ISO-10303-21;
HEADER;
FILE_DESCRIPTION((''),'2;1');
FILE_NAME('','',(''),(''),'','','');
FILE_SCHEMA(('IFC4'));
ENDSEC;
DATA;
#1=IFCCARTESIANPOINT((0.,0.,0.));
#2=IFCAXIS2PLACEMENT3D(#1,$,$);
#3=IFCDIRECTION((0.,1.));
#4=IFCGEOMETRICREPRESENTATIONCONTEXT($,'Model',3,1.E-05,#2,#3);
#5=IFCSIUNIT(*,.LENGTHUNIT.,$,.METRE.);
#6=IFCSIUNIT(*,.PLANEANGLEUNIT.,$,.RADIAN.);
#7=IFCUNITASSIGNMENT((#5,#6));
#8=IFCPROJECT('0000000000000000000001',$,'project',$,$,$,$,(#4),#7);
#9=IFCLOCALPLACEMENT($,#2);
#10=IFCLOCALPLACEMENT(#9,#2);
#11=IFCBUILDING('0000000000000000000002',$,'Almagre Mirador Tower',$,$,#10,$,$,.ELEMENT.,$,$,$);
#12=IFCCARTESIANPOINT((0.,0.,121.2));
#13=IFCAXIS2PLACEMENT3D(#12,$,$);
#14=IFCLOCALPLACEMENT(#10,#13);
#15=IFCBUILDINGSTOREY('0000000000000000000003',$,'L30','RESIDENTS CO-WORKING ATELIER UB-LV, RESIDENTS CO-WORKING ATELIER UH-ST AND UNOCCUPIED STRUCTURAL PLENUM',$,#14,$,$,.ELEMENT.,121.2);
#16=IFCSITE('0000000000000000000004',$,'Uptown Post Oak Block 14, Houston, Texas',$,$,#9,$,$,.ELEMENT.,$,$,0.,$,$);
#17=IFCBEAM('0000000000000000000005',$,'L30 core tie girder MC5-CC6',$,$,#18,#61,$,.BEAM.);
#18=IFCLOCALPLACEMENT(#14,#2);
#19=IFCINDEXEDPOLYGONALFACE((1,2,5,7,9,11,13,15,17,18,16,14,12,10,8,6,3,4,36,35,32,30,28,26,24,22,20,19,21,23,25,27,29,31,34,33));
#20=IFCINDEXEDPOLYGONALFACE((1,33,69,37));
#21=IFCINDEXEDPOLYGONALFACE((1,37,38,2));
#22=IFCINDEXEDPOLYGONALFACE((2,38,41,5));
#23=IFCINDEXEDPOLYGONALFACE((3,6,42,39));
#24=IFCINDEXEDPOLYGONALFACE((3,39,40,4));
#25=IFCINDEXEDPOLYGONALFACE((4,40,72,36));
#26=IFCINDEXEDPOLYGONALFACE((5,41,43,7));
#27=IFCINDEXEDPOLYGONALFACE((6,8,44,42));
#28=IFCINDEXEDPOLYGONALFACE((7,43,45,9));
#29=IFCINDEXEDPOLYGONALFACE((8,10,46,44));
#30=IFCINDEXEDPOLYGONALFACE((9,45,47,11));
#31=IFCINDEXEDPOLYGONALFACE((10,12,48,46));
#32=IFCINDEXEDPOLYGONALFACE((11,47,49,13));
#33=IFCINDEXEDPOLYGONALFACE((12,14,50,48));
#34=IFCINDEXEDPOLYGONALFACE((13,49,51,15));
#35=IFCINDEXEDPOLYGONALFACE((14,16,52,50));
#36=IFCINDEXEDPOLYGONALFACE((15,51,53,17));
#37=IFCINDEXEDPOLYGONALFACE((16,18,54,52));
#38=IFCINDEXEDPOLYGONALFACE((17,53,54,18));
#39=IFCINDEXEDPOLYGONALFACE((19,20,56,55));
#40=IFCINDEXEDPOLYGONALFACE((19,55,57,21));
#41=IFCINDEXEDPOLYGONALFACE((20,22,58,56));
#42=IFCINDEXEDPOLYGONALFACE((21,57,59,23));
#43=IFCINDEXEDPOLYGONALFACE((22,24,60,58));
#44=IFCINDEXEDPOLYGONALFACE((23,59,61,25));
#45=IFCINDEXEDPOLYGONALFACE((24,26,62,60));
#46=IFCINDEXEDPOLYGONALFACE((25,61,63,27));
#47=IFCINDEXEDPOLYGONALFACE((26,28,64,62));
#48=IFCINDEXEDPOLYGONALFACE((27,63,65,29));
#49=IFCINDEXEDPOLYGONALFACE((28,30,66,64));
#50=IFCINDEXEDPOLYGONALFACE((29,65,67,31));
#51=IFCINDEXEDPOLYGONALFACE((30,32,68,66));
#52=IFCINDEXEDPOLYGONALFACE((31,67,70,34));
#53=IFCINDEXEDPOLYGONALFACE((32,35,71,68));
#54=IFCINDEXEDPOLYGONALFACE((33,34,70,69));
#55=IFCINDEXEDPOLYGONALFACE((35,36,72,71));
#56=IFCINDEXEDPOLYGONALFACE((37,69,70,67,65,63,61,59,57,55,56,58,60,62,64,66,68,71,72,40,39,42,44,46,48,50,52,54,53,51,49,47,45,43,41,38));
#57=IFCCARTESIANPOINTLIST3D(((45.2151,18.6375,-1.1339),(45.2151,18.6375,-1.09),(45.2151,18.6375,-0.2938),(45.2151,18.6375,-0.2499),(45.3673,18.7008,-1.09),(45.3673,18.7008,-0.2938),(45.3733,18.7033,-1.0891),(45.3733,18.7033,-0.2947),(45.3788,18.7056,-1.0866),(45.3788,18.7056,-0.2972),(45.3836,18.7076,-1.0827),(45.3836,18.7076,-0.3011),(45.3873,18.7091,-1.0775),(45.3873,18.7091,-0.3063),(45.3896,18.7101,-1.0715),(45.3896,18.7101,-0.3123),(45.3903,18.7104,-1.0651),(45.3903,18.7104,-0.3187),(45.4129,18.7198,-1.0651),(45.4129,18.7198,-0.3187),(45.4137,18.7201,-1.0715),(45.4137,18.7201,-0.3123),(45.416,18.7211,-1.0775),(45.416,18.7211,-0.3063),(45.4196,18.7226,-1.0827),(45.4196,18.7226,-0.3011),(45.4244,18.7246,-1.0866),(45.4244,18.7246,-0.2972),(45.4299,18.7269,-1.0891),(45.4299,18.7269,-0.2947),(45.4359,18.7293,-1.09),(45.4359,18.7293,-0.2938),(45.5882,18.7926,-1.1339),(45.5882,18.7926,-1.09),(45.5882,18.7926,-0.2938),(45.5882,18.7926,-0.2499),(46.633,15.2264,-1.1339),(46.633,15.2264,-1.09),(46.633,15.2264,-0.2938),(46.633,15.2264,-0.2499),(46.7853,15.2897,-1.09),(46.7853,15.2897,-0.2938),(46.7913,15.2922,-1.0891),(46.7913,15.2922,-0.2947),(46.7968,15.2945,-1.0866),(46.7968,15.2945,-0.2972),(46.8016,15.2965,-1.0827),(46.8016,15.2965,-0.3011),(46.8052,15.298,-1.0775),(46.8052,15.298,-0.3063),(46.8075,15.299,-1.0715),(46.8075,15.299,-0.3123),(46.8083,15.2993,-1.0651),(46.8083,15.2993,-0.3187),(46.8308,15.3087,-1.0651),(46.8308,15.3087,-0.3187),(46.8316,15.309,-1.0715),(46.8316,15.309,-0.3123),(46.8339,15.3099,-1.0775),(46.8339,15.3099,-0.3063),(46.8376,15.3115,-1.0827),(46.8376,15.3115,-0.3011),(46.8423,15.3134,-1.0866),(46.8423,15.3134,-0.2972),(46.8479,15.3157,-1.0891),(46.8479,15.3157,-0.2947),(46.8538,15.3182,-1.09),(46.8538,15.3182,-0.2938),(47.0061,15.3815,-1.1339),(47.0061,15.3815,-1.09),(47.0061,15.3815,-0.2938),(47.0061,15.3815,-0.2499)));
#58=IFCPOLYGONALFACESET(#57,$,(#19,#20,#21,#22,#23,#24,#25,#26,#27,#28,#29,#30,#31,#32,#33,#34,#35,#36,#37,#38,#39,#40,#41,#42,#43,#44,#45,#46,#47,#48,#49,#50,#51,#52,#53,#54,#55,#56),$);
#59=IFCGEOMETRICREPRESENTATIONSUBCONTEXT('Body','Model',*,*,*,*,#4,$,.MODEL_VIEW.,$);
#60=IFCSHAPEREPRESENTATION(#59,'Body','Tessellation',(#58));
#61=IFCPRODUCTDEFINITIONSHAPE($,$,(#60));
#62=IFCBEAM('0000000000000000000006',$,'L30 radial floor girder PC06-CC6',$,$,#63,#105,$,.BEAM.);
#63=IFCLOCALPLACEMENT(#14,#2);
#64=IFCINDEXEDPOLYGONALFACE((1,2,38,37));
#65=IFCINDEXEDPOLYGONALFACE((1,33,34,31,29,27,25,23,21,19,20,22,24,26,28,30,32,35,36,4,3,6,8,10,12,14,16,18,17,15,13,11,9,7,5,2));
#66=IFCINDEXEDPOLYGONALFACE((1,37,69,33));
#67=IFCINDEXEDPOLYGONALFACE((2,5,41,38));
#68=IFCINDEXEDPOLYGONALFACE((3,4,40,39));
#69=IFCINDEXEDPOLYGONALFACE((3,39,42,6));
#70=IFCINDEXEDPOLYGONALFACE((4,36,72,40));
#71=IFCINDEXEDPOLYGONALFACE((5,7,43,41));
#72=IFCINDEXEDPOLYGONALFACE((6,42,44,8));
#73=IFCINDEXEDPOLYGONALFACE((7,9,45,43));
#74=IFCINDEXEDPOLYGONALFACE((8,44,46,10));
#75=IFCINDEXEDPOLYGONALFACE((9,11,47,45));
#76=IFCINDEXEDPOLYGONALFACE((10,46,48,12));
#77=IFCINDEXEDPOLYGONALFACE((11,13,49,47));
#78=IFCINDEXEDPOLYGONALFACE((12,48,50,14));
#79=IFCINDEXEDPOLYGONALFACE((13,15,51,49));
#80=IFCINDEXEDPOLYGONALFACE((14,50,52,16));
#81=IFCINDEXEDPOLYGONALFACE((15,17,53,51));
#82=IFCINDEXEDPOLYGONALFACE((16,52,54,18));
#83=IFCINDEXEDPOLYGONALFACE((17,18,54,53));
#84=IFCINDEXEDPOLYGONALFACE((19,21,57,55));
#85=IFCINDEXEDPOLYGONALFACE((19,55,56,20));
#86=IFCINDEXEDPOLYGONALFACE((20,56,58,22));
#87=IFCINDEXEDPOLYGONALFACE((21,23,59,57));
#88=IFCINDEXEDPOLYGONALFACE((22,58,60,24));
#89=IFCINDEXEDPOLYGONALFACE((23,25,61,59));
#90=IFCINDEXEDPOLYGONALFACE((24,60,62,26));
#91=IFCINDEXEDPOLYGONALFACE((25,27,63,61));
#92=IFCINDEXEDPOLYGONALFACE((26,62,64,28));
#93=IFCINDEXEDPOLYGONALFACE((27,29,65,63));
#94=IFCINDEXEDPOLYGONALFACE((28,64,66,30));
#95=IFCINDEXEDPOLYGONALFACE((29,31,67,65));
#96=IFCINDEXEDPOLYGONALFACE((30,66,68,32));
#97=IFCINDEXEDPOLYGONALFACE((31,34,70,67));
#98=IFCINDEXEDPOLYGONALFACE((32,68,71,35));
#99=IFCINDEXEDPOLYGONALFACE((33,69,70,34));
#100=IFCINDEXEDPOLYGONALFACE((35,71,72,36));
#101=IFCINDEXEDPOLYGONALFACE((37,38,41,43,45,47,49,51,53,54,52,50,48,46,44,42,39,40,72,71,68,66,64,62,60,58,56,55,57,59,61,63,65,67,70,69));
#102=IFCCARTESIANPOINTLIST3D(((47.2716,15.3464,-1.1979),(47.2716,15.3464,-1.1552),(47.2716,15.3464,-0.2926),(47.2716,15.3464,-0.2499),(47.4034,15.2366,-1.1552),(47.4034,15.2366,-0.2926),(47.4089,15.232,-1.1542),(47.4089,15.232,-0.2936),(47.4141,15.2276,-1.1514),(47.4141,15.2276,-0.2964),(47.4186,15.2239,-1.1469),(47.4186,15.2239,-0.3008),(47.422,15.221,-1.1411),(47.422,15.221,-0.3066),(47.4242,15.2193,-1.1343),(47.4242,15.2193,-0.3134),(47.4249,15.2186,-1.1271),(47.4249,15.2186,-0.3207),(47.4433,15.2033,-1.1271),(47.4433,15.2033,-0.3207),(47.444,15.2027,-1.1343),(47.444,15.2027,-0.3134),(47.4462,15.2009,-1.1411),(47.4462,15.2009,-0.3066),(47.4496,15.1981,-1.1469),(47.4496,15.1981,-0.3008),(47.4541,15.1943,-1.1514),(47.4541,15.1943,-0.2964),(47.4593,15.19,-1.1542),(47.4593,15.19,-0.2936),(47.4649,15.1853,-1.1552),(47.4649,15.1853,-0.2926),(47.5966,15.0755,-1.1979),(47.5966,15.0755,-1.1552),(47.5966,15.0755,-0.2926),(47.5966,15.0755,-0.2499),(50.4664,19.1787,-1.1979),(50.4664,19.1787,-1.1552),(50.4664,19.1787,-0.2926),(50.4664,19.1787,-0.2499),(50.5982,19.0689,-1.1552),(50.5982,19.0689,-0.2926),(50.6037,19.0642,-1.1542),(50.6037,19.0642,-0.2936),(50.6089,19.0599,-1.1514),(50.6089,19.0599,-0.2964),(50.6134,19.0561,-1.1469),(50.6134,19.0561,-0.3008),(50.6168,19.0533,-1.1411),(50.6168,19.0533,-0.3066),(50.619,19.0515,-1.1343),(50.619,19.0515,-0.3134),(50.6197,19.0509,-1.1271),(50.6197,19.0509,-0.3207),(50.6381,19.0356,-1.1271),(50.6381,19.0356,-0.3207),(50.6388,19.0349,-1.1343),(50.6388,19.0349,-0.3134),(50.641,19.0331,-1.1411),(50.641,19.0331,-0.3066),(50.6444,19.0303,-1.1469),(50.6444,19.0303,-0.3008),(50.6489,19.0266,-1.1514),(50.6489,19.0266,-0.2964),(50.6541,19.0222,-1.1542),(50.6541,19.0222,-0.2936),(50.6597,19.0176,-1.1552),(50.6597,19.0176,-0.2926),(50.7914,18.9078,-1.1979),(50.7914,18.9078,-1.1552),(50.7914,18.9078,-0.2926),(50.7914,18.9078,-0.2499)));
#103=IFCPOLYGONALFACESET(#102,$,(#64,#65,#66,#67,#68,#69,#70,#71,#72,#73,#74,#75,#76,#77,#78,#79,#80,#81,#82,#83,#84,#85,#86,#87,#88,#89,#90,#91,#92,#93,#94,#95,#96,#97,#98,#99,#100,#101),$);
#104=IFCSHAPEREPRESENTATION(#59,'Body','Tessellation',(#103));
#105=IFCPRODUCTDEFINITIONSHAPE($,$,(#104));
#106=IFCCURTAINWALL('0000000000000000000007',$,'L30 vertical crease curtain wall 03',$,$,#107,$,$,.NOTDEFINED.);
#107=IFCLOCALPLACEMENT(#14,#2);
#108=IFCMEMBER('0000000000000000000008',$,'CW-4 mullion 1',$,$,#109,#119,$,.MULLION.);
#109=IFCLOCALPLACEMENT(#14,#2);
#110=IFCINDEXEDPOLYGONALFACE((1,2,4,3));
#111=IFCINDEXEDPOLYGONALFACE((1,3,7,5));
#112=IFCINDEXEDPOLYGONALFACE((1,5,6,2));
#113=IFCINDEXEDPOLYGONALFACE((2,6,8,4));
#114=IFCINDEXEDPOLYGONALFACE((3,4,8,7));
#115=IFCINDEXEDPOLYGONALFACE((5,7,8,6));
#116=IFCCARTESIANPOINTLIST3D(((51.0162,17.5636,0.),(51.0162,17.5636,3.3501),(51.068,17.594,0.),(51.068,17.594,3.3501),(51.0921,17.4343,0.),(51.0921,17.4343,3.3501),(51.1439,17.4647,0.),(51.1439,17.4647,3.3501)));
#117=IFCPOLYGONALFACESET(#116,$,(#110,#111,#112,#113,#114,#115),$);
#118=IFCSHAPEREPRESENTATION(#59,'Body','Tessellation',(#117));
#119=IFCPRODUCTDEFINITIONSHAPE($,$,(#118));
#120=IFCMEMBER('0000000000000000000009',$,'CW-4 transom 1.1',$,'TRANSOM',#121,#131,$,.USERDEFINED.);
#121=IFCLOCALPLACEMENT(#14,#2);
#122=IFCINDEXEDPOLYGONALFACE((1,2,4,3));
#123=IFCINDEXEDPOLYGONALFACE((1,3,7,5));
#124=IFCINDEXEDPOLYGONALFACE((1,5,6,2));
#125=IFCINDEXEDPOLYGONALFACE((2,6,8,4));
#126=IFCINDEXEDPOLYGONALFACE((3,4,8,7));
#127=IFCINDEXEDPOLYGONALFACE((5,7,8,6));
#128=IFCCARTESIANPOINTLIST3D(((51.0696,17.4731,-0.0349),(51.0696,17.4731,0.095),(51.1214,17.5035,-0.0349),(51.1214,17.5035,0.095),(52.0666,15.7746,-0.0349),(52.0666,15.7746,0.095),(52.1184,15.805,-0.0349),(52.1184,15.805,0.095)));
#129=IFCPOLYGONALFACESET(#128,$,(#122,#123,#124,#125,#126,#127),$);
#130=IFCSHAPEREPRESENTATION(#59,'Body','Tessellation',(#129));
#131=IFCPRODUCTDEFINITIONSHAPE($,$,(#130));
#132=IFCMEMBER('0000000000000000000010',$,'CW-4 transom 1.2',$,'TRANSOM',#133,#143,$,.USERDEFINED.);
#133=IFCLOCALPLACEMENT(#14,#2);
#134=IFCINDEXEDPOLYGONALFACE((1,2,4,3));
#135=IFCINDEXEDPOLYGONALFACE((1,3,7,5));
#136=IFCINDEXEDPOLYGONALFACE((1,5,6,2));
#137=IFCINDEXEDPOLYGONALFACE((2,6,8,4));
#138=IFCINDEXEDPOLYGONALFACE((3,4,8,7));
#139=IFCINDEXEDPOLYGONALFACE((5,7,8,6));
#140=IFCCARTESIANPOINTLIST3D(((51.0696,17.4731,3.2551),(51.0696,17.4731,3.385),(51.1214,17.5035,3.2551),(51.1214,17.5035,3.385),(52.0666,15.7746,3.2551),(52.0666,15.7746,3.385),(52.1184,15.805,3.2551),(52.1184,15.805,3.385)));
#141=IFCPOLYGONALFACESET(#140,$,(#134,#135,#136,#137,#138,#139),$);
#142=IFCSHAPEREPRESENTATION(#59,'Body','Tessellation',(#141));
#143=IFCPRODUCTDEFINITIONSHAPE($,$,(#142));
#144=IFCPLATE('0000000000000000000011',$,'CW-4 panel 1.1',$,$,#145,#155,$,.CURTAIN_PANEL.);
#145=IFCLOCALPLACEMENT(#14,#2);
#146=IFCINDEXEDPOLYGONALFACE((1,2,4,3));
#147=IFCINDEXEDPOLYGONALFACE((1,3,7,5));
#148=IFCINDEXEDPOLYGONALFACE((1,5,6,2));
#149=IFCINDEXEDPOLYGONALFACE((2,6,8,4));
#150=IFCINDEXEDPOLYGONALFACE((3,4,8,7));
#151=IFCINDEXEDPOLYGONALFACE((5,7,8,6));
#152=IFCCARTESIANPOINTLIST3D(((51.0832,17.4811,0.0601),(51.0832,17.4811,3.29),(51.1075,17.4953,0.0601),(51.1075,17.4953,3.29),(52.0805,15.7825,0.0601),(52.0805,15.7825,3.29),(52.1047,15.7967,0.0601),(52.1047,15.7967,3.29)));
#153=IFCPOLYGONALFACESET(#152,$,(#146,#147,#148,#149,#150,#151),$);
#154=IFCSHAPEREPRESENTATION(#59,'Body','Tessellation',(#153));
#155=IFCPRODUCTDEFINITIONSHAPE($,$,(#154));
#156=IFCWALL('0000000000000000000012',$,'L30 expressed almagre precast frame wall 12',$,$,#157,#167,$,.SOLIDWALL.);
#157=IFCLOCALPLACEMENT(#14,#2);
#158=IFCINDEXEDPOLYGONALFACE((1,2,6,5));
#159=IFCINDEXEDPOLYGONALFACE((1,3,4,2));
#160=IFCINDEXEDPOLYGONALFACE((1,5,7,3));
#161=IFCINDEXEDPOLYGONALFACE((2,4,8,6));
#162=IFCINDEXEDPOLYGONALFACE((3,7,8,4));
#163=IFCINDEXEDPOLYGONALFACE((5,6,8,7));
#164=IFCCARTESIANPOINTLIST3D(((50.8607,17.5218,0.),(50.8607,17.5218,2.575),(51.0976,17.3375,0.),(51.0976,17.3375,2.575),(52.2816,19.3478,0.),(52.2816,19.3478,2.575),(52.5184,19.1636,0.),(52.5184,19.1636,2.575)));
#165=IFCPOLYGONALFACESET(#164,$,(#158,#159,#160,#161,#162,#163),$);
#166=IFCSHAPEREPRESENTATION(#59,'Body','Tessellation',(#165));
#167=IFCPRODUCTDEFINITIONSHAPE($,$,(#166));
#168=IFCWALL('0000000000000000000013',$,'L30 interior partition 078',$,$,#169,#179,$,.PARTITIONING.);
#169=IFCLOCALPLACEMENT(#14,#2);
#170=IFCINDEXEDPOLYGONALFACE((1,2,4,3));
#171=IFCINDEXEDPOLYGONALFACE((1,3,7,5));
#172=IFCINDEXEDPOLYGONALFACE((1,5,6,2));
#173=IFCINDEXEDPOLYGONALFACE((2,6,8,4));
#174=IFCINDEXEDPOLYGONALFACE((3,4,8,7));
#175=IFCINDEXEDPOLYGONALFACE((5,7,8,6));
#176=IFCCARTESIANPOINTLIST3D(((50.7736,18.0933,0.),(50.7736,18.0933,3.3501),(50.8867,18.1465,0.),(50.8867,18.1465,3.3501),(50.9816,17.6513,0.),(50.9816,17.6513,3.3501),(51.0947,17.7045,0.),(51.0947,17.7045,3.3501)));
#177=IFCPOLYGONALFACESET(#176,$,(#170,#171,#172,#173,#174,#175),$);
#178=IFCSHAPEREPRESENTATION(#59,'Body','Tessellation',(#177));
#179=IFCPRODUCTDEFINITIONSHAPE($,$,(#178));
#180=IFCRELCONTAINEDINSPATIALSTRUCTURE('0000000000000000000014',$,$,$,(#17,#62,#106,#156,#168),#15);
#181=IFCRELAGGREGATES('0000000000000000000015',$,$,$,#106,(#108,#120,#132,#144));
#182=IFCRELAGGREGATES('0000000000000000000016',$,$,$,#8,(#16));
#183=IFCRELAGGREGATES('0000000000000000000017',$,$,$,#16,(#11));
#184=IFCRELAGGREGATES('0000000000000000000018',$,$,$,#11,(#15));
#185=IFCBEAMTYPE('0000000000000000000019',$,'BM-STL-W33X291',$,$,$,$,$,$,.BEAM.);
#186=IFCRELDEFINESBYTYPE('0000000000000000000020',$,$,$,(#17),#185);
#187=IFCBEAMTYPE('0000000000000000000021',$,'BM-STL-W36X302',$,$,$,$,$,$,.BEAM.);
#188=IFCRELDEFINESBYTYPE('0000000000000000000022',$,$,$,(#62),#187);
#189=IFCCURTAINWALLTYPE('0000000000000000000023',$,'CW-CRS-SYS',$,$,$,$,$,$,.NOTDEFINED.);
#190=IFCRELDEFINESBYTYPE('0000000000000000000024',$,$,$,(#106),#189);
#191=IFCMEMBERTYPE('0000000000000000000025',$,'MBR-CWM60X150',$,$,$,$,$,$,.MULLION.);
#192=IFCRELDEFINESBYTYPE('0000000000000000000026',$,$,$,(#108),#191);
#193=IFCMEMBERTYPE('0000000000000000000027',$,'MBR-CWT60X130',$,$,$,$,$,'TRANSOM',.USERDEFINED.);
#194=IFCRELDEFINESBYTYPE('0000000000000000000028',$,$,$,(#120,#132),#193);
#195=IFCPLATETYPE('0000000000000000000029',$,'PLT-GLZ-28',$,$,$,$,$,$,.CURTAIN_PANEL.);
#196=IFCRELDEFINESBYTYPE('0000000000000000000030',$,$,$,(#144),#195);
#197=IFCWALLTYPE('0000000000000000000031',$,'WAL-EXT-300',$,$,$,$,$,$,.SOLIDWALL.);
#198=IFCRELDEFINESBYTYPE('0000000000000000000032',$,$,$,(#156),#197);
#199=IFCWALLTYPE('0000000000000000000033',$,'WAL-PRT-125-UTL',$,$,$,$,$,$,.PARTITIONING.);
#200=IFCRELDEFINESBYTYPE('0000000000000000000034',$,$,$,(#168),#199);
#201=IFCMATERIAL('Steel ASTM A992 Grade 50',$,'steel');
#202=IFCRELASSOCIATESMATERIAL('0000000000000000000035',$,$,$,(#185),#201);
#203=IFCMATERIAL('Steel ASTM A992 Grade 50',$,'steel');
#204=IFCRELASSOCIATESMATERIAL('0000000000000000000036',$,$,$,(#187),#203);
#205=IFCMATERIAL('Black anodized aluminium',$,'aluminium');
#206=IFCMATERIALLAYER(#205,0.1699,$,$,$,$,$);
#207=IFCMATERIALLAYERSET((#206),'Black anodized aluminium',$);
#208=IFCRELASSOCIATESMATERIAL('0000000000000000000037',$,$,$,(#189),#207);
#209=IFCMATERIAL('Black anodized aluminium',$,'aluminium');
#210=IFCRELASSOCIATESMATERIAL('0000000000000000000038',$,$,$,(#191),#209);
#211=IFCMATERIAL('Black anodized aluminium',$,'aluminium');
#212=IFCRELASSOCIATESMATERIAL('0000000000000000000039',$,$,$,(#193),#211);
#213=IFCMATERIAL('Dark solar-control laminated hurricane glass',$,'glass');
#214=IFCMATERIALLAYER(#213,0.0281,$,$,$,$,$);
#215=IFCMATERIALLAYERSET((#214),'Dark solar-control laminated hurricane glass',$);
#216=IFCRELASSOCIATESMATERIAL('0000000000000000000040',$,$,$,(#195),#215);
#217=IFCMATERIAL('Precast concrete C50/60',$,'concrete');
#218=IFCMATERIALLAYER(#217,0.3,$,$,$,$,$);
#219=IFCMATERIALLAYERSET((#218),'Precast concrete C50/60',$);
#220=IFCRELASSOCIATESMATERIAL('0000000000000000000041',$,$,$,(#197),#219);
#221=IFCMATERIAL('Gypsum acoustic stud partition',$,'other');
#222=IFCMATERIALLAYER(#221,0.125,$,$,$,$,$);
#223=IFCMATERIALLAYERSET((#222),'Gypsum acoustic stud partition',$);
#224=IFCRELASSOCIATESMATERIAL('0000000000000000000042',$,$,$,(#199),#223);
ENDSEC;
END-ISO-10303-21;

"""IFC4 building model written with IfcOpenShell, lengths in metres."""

from ifc_helpers import new_model, si_unit, direction, frame, frame_2d, origin, origin_2d, place, context, subcontext, project, spatial, rectangle, i_section, extrude, material, layer, layer_set, material_profile, profile_set, type_object, element, aggregate, save


model = new_model("IFC4")

# Units and contexts
model_context = context("Model", 3, precision=1e-05, world=origin(), true_north=direction((0.0, 1.0)))
body_context = subcontext(model_context, "Body", "Model", "MODEL_VIEW")
ifc_project = project(units=[si_unit("LENGTHUNIT", "METRE"), si_unit("PLANEANGLEUNIT", "RADIAN")], contexts=[model_context])

# Site, building, storey
site_placement = place(None, origin())
site = spatial("IfcSite", under=ifc_project, at=site_placement, Name="Uptown Post Oak Block 14, Houston, Texas", CompositionType="ELEMENT", RefElevation=0.0)
building_placement = place(site_placement, origin())
building = spatial("IfcBuilding", under=site, at=building_placement, Name="Almagre Mirador Tower", CompositionType="ELEMENT")
storey_placement = place(building_placement, frame((0.0, 0.0, 121.2)))
storey = spatial("IfcBuildingStorey", under=building, at=storey_placement, Name="L30", Description="RESIDENTS CO-WORKING ATELIER UB-LV, RESIDENTS CO-WORKING ATELIER UH-ST AND UNOCCUPIED STRUCTURAL PLENUM", CompositionType="ELEMENT", Elevation=121.2)

# Beams
ifc_material_1 = material(Name="Steel ASTM A992 Grade 50", Category="steel")
ifc_material_profile_1 = material_profile(ifc_material_1, i_section(OverallWidth=0.4041, OverallDepth=0.884, WebThickness=0.0244, FlangeThickness=0.0439, FilletRadius=0.0249, at=origin_2d()), Name="W33X291")
ifc_profile_set_1 = profile_set([ifc_material_profile_1], Name="Steel ASTM A992 Grade 50")
beam_type_1 = type_object("IfcBeamType", Name="BM-STL-W33X291", PredefinedType="BEAM", material=ifc_profile_set_1)
beam_1_placement = place(storey_placement, frame((45.4016, 18.7151, -0.6919), z_axis=(0.383846, -0.923397, 0.0), x_axis=(0.923397, 0.383846, 0.0)))
element("IfcBeam", 1, at=beam_1_placement, inside=storey, type_object=beam_type_1, Name="L30 core tie girder MC5-CC6", PredefinedType="BEAM", context=body_context, shape_type="SweptSolid", body=[
    extrude(i_section(OverallWidth=0.4041, OverallDepth=0.884, WebThickness=0.0244, FlangeThickness=0.0439, FilletRadius=0.0249, at=origin_2d()), origin(), (0.0, 0.0, 1.0), 3.6941),
])
ifc_material_2 = material(Name="Steel ASTM A992 Grade 50", Category="steel")
ifc_material_profile_2 = material_profile(ifc_material_2, i_section(OverallWidth=0.4231, OverallDepth=0.948, WebThickness=0.0239, FlangeThickness=0.0427, FilletRadius=0.0281, at=origin_2d()), Name="W36X302")
ifc_profile_set_2 = profile_set([ifc_material_profile_2], Name="Steel ASTM A992 Grade 50")
beam_type_2 = type_object("IfcBeamType", Name="BM-STL-W36X302", PredefinedType="BEAM", material=ifc_profile_set_2)
beam_2_placement = place(storey_placement, frame((50.6289, 19.0432, -0.7239), z_axis=(-0.640334, -0.768097, 0.0), x_axis=(0.768097, -0.640334, 0.0)))
element("IfcBeam", 2, at=beam_2_placement, inside=storey, type_object=beam_type_2, Name="L30 radial floor girder PC06-CC6", PredefinedType="BEAM", context=body_context, shape_type="SweptSolid", body=[
    extrude(i_section(OverallWidth=0.4231, OverallDepth=0.948, WebThickness=0.0239, FlangeThickness=0.0427, FilletRadius=0.0281, at=origin_2d()), origin(), (0.0, 0.0, 1.0), 4.9893),
])

# Curtain wall, members, plate
ifc_material_3 = material(Name="Black anodized aluminium", Category="aluminium")
ifc_layer_1 = layer(ifc_material_3, 0.1699)
ifc_layer_set_1 = layer_set([ifc_layer_1], Name="Black anodized aluminium")
curtain_wall_type = type_object("IfcCurtainWallType", Name="CW-CRS-SYS", PredefinedType="NOTDEFINED", material=ifc_layer_set_1)
curtain_wall_placement = place(storey_placement, origin())
curtain_wall = element("IfcCurtainWall", 3, at=curtain_wall_placement, inside=storey, type_object=curtain_wall_type, Name="L30 vertical crease curtain wall 03", PredefinedType="NOTDEFINED")
ifc_material_4 = material(Name="Black anodized aluminium", Category="aluminium")
ifc_material_profile_3 = material_profile(ifc_material_4, rectangle(XDim=0.0601, YDim=0.1499, at=origin_2d()), Name="CWM60X150")
ifc_profile_set_3 = profile_set([ifc_material_profile_3], Name="Black anodized aluminium")
member_type_1 = type_object("IfcMemberType", Name="MBR-CWM60X150", PredefinedType="MULLION", material=ifc_profile_set_3)
member_1_placement = place(storey_placement, frame((51.0801, 17.5142, 0.0), z_axis=(0.0, 0.0, 1.0), x_axis=(0.862352, 0.506309, 0.0)))
member_1 = element("IfcMember", 4, at=member_1_placement, type_object=member_type_1, Name="CW-4 mullion 1", PredefinedType="MULLION", context=body_context, shape_type="SweptSolid", body=[
    extrude(rectangle(XDim=0.0601, YDim=0.1499, at=origin_2d()), origin(), (0.0, 0.0, 1.0), 3.3501),
])
ifc_material_5 = material(Name="Black anodized aluminium", Category="aluminium")
ifc_material_profile_4 = material_profile(ifc_material_5, rectangle(XDim=0.0601, YDim=0.1299, at=origin_2d()), Name="CWT60X130")
ifc_profile_set_4 = profile_set([ifc_material_profile_4], Name="Black anodized aluminium")
member_type_2 = type_object("IfcMemberType", Name="MBR-CWT60X130", ElementType="TRANSOM", PredefinedType="USERDEFINED", material=ifc_profile_set_4)
member_2_placement = place(storey_placement, frame((51.0955, 17.4883, 0.03), z_axis=(0.506251, -0.862386, 0.0), x_axis=(0.862386, 0.506251, 0.0)))
member_2 = element("IfcMember", 5, at=member_2_placement, type_object=member_type_2, Name="CW-4 transom 1.1", ObjectType="TRANSOM", PredefinedType="USERDEFINED", context=body_context, shape_type="SweptSolid", body=[
    extrude(rectangle(XDim=0.0601, YDim=0.1299, at=origin_2d()), origin(), (0.0, 0.0, 1.0), 1.9695),
])
member_3_placement = place(storey_placement, frame((51.0955, 17.4883, 3.3201), z_axis=(0.506251, -0.862386, 0.0), x_axis=(0.862386, 0.506251, 0.0)))
member_3 = element("IfcMember", 6, at=member_3_placement, type_object=member_type_2, Name="CW-4 transom 1.2", ObjectType="TRANSOM", PredefinedType="USERDEFINED", context=body_context, shape_type="SweptSolid", body=[
    extrude(rectangle(XDim=0.0601, YDim=0.1299, at=origin_2d()), origin(), (0.0, 0.0, 1.0), 1.9695),
])
ifc_material_6 = material(Name="Dark solar-control laminated hurricane glass", Category="glass")
ifc_layer_2 = layer(ifc_material_6, 0.0281)
ifc_layer_set_2 = layer_set([ifc_layer_2], Name="Dark solar-control laminated hurricane glass")
plate_type = type_object("IfcPlateType", Name="PLT-GLZ-28", PredefinedType="CURTAIN_PANEL", material=ifc_layer_set_2)
plate_placement = place(storey_placement, frame((51.594, 16.6389, 0.0601), z_axis=(0.0, 0.0, 1.0), x_axis=(0.506309, -0.862352, 0.0)))
plate = element("IfcPlate", 7, at=plate_placement, type_object=plate_type, Name="CW-4 panel 1.1", PredefinedType="CURTAIN_PANEL", context=body_context, shape_type="SweptSolid", body=[
    extrude(rectangle(XDim=1.9697, YDim=0.0281, at=origin_2d()), origin(), (0.0, 0.0, 1.0), 3.23),
])
aggregate(curtain_wall, [member_1, member_2, member_3, plate])

# Walls
ifc_material_7 = material(Name="Precast concrete C50/60", Category="concrete")
ifc_layer_3 = layer(ifc_material_7, 0.3)
ifc_layer_set_3 = layer_set([ifc_layer_3], Name="Precast concrete C50/60")
wall_type_1 = type_object("IfcWallType", Name="WAL-EXT-300", PredefinedType="SOLIDWALL", material=ifc_layer_set_3)
wall_1_placement = place(storey_placement, frame((52.3999, 19.2556, 0.0), z_axis=(0.0, 0.0, 1.0), x_axis=(-0.614087, -0.789239, 0.0)))
element("IfcWall", 8, at=wall_1_placement, inside=storey, type_object=wall_type_1, Name="L30 expressed almagre precast frame wall 12", PredefinedType="SOLIDWALL", context=body_context, shape_type="SweptSolid", body=[
    extrude(rectangle(XDim=2.3137, YDim=0.3, at=frame_2d((1.1567, 0.0))), origin(), (0.0, 0.0, 1.0), 2.575),
])
ifc_material_8 = material(Name="Gypsum acoustic stud partition", Category="other")
ifc_layer_4 = layer(ifc_material_8, 0.125)
ifc_layer_set_4 = layer_set([ifc_layer_4], Name="Gypsum acoustic stud partition")
wall_type_2 = type_object("IfcWallType", Name="WAL-PRT-125-UTL", PredefinedType="PARTITIONING", material=ifc_layer_set_4)
wall_2_placement = place(storey_placement, frame((51.0381, 17.678, 0.0), z_axis=(0.0, 0.0, 1.0), x_axis=(-0.425701, 0.904864, 0.0)))
element("IfcWall", 9, at=wall_2_placement, inside=storey, type_object=wall_type_2, Name="L30 interior partition 078", PredefinedType="PARTITIONING", context=body_context, shape_type="SweptSolid", body=[
    extrude(rectangle(XDim=0.4885, YDim=0.125, at=frame_2d((0.2441, 0.0))), origin(), (0.0, 0.0, 1.0), 3.3501),
])

save(model, "model.ifc")
